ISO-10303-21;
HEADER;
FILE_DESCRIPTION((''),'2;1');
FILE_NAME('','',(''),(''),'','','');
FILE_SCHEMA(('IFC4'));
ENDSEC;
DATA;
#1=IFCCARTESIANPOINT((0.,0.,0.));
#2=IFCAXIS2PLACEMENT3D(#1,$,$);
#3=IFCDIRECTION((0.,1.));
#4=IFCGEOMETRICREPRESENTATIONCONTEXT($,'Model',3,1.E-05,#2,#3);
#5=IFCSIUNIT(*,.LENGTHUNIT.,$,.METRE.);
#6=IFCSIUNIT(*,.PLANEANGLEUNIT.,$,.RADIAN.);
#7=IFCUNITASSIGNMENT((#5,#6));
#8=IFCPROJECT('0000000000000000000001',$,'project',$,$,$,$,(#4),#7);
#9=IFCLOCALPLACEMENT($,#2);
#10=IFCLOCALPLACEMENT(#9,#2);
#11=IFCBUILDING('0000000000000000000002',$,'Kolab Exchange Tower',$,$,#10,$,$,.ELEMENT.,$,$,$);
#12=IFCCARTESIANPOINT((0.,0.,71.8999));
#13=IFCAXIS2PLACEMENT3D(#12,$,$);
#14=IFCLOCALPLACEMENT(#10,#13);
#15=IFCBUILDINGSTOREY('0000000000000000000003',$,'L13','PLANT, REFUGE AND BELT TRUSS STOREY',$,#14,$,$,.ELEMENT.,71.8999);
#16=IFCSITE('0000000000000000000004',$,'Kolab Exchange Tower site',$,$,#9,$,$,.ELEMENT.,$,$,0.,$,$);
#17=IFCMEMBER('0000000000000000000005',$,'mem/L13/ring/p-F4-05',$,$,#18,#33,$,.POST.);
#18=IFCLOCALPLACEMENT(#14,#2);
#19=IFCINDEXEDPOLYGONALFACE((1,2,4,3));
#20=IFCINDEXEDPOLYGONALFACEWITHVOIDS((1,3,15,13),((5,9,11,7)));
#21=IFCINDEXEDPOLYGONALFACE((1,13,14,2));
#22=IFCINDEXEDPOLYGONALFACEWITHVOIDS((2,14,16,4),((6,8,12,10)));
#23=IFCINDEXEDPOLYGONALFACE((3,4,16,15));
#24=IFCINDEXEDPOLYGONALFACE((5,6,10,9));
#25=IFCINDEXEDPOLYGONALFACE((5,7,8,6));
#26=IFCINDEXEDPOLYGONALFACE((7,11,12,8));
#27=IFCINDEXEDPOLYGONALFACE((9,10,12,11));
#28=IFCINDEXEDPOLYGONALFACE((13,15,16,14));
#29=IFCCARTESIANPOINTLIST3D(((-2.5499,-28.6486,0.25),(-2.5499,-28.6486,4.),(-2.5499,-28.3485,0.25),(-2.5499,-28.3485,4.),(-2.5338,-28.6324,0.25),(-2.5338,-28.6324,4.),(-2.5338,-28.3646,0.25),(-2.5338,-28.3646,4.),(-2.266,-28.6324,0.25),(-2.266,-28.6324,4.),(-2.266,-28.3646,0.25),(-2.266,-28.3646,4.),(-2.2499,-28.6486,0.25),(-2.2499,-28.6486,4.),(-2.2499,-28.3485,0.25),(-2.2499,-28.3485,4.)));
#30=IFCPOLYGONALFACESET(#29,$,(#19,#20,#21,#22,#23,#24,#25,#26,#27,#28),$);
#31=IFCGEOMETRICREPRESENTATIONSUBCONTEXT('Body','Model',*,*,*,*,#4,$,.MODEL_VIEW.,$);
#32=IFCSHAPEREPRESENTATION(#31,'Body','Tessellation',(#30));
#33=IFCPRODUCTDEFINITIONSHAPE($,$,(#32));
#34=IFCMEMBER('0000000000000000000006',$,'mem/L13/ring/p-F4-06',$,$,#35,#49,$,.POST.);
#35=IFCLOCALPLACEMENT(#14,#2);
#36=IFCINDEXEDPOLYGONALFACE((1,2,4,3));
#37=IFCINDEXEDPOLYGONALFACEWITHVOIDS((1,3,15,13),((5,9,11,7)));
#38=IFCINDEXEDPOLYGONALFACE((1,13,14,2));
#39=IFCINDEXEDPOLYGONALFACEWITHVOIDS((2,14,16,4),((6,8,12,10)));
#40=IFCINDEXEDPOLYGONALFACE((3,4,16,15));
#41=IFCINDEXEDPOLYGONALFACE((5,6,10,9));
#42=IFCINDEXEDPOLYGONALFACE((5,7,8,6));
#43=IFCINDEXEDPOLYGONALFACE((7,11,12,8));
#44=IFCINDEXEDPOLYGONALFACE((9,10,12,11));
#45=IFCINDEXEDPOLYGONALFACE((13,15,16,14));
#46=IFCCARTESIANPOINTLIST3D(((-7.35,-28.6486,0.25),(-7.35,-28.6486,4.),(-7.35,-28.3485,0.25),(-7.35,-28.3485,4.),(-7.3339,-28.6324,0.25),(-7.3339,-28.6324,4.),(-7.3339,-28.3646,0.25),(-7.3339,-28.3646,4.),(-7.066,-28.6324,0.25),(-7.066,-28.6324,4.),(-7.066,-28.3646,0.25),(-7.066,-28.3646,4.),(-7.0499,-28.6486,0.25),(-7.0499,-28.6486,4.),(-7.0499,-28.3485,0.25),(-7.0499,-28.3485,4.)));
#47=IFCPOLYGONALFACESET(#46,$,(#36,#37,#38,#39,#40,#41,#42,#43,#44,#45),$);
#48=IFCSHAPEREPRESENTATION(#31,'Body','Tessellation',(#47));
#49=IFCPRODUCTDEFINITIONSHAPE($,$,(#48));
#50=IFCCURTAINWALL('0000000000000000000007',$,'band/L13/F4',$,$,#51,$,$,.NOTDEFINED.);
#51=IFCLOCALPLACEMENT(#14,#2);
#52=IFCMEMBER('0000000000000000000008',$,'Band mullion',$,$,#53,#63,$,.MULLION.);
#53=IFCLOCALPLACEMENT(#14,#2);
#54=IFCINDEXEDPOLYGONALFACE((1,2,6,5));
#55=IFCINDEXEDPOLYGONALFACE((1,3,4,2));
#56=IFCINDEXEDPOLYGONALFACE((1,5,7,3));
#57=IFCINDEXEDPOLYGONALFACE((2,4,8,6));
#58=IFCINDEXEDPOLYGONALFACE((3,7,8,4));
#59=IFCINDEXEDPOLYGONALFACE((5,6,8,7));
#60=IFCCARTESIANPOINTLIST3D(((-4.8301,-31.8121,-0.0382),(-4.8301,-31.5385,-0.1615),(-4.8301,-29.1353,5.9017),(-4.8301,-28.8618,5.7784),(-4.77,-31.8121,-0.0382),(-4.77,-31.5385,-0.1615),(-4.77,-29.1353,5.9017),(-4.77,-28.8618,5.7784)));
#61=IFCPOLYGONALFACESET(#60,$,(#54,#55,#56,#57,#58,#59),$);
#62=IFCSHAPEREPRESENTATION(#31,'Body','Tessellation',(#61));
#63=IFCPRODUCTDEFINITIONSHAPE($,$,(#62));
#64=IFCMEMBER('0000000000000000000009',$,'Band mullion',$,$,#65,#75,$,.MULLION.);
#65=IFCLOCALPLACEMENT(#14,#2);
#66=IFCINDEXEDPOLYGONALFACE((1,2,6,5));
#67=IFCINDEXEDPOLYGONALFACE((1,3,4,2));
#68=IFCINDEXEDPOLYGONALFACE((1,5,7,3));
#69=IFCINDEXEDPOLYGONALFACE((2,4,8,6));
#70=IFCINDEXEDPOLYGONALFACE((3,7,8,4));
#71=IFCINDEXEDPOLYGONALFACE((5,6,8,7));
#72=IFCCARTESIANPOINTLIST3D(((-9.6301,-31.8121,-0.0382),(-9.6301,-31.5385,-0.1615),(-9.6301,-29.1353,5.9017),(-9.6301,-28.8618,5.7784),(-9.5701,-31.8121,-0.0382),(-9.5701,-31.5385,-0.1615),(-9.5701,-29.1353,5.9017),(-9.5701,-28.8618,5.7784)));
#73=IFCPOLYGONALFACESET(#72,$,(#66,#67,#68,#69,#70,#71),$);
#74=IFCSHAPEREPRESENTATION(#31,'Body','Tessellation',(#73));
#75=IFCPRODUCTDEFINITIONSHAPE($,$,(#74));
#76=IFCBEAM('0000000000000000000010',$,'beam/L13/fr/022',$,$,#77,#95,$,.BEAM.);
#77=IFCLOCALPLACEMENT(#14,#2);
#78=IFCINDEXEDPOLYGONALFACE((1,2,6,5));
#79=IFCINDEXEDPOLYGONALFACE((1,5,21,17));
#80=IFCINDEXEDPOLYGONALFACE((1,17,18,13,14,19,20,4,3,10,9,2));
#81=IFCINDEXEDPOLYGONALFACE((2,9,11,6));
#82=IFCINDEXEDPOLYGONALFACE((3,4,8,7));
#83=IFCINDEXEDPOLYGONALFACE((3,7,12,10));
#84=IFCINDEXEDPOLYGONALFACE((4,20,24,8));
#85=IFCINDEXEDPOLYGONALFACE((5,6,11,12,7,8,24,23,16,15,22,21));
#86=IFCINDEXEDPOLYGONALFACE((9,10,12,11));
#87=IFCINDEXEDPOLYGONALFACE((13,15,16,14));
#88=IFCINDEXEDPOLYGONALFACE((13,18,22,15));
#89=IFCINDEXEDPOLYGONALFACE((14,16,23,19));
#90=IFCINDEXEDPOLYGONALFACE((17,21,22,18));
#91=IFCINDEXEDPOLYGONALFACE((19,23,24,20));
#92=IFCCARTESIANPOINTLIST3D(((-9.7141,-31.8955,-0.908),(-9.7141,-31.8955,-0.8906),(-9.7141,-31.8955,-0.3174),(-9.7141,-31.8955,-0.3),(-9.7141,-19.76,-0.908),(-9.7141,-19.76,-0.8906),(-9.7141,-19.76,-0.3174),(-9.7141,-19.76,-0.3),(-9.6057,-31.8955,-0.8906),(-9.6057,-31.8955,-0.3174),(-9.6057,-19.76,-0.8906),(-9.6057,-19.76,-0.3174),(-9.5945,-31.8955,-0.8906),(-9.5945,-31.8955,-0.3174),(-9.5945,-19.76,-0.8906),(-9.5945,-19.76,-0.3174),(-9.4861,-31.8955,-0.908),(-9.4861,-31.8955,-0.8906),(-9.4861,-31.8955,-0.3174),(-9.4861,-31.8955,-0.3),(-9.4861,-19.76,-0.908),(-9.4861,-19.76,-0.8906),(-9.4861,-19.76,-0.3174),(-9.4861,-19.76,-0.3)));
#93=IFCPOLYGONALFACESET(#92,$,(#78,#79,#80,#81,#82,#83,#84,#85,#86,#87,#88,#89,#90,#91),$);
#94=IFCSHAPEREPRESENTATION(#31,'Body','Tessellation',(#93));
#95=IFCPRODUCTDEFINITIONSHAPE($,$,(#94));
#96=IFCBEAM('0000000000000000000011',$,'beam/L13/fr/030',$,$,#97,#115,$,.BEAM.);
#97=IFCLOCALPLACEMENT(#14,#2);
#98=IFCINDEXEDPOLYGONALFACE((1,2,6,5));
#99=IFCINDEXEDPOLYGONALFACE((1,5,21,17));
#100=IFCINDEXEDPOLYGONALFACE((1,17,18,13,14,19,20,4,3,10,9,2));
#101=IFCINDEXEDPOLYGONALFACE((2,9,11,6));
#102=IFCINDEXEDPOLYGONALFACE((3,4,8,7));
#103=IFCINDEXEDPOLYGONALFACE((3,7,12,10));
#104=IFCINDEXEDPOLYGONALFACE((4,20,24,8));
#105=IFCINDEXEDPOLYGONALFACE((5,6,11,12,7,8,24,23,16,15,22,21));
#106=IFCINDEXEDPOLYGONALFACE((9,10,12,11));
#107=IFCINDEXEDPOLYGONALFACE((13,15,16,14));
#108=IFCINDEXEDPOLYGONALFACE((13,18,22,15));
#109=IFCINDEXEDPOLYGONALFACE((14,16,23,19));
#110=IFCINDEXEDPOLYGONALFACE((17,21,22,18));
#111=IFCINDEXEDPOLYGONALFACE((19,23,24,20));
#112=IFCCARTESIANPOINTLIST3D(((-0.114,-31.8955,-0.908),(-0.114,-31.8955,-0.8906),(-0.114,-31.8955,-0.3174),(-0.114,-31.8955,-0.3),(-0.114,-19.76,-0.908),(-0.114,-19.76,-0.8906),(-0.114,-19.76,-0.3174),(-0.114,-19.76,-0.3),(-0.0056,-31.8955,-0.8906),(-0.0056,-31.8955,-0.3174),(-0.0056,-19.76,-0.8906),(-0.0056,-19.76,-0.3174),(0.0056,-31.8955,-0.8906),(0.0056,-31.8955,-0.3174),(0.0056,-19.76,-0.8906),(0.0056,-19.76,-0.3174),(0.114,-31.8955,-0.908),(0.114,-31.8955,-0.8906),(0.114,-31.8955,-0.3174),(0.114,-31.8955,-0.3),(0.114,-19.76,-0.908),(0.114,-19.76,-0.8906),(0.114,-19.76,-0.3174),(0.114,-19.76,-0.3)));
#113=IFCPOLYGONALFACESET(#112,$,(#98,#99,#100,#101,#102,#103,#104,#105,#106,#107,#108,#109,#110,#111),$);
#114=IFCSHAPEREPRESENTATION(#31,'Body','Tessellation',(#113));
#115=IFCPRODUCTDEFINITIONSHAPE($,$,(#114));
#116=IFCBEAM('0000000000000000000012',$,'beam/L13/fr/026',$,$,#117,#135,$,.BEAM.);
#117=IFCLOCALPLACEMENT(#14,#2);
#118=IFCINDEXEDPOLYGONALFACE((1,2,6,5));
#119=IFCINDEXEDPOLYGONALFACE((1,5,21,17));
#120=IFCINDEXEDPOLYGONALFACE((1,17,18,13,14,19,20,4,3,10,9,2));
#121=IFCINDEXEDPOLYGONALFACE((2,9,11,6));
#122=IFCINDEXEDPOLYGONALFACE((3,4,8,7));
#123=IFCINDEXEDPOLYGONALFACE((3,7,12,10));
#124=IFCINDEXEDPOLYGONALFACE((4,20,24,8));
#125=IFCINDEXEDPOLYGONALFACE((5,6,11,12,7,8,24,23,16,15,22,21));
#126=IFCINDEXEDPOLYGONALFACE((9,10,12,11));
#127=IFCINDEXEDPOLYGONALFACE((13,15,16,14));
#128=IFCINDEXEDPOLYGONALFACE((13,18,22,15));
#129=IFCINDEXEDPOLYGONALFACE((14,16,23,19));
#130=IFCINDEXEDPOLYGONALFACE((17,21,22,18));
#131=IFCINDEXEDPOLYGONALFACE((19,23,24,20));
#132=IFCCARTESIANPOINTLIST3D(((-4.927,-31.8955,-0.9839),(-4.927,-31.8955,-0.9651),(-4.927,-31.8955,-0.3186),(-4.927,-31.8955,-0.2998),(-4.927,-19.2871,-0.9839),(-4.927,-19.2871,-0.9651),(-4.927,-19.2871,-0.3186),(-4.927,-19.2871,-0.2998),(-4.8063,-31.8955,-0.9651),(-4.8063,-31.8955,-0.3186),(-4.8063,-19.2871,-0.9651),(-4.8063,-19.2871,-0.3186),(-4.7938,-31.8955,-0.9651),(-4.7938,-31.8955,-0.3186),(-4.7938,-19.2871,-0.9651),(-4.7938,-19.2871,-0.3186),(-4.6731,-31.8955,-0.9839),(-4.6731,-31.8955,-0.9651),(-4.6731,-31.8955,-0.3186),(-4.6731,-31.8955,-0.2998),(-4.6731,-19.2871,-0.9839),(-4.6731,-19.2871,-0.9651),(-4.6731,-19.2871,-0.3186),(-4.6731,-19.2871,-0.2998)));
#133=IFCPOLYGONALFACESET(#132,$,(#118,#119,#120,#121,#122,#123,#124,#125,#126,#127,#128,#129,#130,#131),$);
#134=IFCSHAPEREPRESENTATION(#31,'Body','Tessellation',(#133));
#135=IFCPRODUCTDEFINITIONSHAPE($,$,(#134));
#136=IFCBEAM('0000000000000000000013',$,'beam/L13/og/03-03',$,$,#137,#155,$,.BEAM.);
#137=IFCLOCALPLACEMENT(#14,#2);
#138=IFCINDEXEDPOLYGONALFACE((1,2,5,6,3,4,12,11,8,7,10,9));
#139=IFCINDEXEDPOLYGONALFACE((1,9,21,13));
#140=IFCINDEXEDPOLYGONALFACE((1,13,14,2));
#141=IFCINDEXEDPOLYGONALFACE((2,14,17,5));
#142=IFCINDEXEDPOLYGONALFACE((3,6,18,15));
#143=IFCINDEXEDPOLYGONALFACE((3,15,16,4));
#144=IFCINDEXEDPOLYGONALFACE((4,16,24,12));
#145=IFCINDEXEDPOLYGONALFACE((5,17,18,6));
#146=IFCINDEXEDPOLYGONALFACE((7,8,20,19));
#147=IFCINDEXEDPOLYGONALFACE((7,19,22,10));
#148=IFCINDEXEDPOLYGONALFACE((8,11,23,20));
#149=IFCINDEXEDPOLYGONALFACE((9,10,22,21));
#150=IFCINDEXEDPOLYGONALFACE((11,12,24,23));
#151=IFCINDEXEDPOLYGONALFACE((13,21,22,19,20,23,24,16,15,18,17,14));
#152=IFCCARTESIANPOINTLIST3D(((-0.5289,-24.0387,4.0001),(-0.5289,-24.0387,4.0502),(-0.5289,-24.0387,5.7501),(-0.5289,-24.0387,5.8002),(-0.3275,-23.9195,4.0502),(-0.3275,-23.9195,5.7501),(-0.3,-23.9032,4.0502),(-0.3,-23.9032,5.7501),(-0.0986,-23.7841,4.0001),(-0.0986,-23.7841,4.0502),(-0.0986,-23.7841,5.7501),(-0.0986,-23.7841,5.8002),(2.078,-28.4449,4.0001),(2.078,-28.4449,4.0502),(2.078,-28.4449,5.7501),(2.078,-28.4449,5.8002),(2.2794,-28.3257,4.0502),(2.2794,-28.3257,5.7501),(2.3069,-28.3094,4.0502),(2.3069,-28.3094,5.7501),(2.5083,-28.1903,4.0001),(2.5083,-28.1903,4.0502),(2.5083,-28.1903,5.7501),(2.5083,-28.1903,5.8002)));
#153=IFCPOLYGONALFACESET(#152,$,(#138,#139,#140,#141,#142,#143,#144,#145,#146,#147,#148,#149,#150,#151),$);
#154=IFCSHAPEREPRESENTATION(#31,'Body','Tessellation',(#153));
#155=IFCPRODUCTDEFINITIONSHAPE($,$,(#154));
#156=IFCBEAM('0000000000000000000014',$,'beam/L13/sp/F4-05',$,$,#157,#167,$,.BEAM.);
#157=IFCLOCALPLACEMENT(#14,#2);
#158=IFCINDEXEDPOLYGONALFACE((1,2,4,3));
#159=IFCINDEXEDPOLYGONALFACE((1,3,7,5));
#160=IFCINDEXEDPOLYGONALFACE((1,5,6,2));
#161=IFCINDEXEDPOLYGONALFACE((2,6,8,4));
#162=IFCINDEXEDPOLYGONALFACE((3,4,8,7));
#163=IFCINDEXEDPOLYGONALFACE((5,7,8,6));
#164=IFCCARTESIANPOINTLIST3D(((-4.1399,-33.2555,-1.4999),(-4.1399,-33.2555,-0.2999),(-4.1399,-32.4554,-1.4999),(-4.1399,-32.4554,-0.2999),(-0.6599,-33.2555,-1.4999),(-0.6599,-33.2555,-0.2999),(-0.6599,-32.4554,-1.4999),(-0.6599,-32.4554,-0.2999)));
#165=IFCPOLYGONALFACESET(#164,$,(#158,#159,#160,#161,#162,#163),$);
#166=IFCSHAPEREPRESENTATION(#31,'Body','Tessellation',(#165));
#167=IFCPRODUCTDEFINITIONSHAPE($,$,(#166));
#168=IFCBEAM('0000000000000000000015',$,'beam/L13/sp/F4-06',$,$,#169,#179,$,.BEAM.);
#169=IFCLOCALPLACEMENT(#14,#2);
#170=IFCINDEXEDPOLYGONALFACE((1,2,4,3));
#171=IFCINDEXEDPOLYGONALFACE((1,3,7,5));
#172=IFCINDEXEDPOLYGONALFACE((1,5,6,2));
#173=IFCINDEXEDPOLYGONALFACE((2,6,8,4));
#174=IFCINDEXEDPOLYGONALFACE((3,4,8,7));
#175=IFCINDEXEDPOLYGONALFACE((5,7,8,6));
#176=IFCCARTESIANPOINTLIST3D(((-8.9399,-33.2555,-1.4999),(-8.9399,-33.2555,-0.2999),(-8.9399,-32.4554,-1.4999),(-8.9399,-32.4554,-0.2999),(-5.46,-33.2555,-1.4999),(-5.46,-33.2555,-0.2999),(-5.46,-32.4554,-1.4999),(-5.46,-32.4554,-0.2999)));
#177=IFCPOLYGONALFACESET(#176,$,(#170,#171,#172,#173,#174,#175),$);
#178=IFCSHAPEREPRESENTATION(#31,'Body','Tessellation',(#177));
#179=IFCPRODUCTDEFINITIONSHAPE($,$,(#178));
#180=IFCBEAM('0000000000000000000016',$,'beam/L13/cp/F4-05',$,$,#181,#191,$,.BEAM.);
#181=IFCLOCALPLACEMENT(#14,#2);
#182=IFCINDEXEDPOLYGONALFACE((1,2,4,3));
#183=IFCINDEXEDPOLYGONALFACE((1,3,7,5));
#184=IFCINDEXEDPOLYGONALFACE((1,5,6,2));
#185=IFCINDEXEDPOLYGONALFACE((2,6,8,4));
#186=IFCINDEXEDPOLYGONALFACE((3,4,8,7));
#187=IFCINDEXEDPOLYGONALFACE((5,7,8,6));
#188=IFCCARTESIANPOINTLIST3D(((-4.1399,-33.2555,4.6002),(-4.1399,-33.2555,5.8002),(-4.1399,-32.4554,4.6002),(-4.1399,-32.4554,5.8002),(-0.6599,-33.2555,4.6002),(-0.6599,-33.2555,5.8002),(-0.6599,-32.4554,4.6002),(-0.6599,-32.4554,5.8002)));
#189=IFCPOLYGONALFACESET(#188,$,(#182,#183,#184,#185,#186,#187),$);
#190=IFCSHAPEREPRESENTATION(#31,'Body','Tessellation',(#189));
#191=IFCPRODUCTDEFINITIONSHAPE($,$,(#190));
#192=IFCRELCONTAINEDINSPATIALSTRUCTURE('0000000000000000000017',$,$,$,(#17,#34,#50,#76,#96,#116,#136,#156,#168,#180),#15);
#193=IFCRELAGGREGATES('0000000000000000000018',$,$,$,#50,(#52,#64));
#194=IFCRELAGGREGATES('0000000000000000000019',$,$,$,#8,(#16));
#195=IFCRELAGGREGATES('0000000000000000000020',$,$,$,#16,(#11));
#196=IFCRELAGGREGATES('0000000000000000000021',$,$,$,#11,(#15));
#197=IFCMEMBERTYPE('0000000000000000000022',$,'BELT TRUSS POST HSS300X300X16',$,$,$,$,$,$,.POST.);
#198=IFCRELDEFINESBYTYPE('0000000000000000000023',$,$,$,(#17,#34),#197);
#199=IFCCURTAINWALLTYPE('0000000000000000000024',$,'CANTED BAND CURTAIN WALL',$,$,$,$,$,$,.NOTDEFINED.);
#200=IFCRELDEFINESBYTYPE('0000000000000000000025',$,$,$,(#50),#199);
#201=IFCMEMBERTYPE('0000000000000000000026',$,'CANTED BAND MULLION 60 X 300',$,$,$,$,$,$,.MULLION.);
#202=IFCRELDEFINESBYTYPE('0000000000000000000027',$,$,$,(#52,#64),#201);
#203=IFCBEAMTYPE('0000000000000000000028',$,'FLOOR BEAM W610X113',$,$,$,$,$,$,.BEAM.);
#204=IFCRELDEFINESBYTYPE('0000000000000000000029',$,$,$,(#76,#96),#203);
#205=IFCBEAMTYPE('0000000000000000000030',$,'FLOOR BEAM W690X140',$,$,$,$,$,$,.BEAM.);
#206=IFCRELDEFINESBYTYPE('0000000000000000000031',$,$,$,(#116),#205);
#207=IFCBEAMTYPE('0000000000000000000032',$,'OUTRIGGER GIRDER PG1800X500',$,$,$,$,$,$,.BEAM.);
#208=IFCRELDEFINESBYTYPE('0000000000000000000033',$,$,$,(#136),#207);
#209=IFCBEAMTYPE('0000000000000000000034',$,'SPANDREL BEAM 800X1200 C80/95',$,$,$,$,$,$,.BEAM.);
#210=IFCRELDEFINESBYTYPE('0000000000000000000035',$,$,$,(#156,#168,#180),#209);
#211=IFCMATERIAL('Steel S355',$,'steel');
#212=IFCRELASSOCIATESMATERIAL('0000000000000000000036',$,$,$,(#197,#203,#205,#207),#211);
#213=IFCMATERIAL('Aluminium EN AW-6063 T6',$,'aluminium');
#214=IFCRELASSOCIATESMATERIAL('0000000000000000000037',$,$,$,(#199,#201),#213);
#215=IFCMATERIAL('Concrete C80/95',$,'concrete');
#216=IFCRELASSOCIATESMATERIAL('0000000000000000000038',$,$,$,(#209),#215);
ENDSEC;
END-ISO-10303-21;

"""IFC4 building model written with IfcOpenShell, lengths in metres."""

from ifc_helpers import new_model, si_unit, direction, frame, origin, origin_2d, place, context, subcontext, project, spatial, rectangle, hollow_rectangle, i_section, extrude, material, material_profile, profile_set, type_object, element, aggregate, save


model = new_model("IFC4")

# Units and contexts
model_context = context("Model", 3, precision=1e-05, world=origin(), true_north=direction((0.0, 1.0)))
body_context = subcontext(model_context, "Body", "Model", "MODEL_VIEW")
ifc_project = project(units=[si_unit("LENGTHUNIT", "METRE"), si_unit("PLANEANGLEUNIT", "RADIAN")], contexts=[model_context])

# Site, building, storey
site_placement = place(None, origin())
site = spatial("IfcSite", under=ifc_project, at=site_placement, Name="Kolab Exchange Tower site", CompositionType="ELEMENT", RefElevation=0.0)
building_placement = place(site_placement, origin())
building = spatial("IfcBuilding", under=site, at=building_placement, Name="Kolab Exchange Tower", CompositionType="ELEMENT")
storey_placement = place(building_placement, frame((0.0, 0.0, 71.8999)))
storey = spatial("IfcBuildingStorey", under=building, at=storey_placement, Name="L13", Description="PLANT, REFUGE AND BELT TRUSS STOREY", CompositionType="ELEMENT", Elevation=71.8999)

# Shared definitions
ifc_material_1 = material(Name="Concrete C80/95", Category="concrete")

# Shared definitions
ifc_material_2 = material(Name="Steel S355", Category="steel")

# Members
ifc_material_profile_1 = material_profile(ifc_material_2, hollow_rectangle(XDim=0.3, YDim=0.3, WallThickness=0.0161, at=origin_2d()), Name="HSS300X300X16")
ifc_profile_set_1 = profile_set([ifc_material_profile_1], Name="Steel S355")
member_type_1 = type_object("IfcMemberType", Name="BELT TRUSS POST HSS300X300X16", PredefinedType="POST", material=ifc_profile_set_1)
for number, where, z_axis, x_axis, name in (
    (1, (-2.3999, -28.4985, 0.25), (0.0, 0.0, 1.0), (1.0, 0.0, 0.0), "mem/L13/ring/p-F4-05"),
    (2, (-7.2, -28.4985, 0.25), (0.0, 0.0, 1.0), (1.0, 0.0, 0.0), "mem/L13/ring/p-F4-06"),
):
    element("IfcMember", number, at=place(storey_placement, frame(where, z_axis=z_axis, x_axis=x_axis)), inside=storey, type_object=member_type_1, Name=name, PredefinedType="POST", context=body_context, shape_type="SweptSolid", body=[
        extrude(hollow_rectangle(XDim=0.3, YDim=0.3, WallThickness=0.0161, at=origin_2d()), origin(), (0.0, 0.0, 1.0), 3.75),
    ])

# Curtain wall, members
ifc_material_3 = material(Name="Aluminium EN AW-6063 T6", Category="aluminium")
curtain_wall_type = type_object("IfcCurtainWallType", Name="CANTED BAND CURTAIN WALL", PredefinedType="NOTDEFINED", material=ifc_material_3)
curtain_wall_placement = place(storey_placement, origin())
curtain_wall = element("IfcCurtainWall", 3, at=curtain_wall_placement, inside=storey, type_object=curtain_wall_type, Name="band/L13/F4", PredefinedType="NOTDEFINED")
ifc_material_profile_2 = material_profile(ifc_material_3, rectangle(XDim=0.0601, YDim=0.3, at=origin_2d()), Name="RECT 60X300")
ifc_profile_set_2 = profile_set([ifc_material_profile_2], Name="Aluminium EN AW-6063 T6")
member_type_2 = type_object("IfcMemberType", Name="CANTED BAND MULLION 60 X 300", PredefinedType="MULLION", material=ifc_profile_set_2)
member_1_placement = place(storey_placement, frame((-4.8, -31.6753, -0.0999), z_axis=(0.0, 0.410848, 0.911704), x_axis=(-1.0, 0.0, 0.0)))
member_1 = element("IfcMember", 4, at=member_1_placement, type_object=member_type_2, Name="Band mullion", PredefinedType="MULLION", context=body_context, shape_type="SweptSolid", body=[
    extrude(rectangle(XDim=0.0601, YDim=0.3, at=origin_2d()), origin(), (0.0, 0.0, 1.0), 6.5151),
])
member_2_placement = place(storey_placement, frame((-9.6001, -31.6753, -0.0999), z_axis=(0.0, 0.410848, 0.911704), x_axis=(-1.0, 0.0, 0.0)))
member_2 = element("IfcMember", 5, at=member_2_placement, type_object=member_type_2, Name="Band mullion", PredefinedType="MULLION", context=body_context, shape_type="SweptSolid", body=[
    extrude(rectangle(XDim=0.0601, YDim=0.3, at=origin_2d()), origin(), (0.0, 0.0, 1.0), 6.5151),
])

# Beams
ifc_material_profile_3 = material_profile(ifc_material_2, i_section(OverallWidth=0.228, OverallDepth=0.6079, WebThickness=0.0112, FlangeThickness=0.0173, at=origin_2d()), Name="W610X113")
ifc_profile_set_3 = profile_set([ifc_material_profile_3], Name="Steel S355")
beam_type_1 = type_object("IfcBeamType", Name="FLOOR BEAM W610X113", PredefinedType="BEAM", material=ifc_profile_set_3)
for number, where, z_axis, x_axis, name in (
    (6, (-9.6001, -31.8955, -0.604), (0.0, 1.0, 0.0), (-1.0, 0.0, 0.0), "beam/L13/fr/022"),
    (7, (0.0, -31.8955, -0.604), (0.0, 1.0, 0.0), (-1.0, 0.0, 0.0), "beam/L13/fr/030"),
):
    element("IfcBeam", number, at=place(storey_placement, frame(where, z_axis=z_axis, x_axis=x_axis)), inside=storey, type_object=beam_type_1, Name=name, PredefinedType="BEAM", context=body_context, shape_type="SweptSolid", body=[
        extrude(i_section(OverallWidth=0.228, OverallDepth=0.6079, WebThickness=0.0112, FlangeThickness=0.0173, at=origin_2d()), origin(), (0.0, 0.0, 1.0), 12.1355),
    ])
ifc_material_profile_4 = material_profile(ifc_material_2, i_section(OverallWidth=0.2539, OverallDepth=0.6841, WebThickness=0.0125, FlangeThickness=0.0188, at=origin_2d()), Name="W690X140")
ifc_profile_set_4 = profile_set([ifc_material_profile_4], Name="Steel S355")
beam_type_2 = type_object("IfcBeamType", Name="FLOOR BEAM W690X140", PredefinedType="BEAM", material=ifc_profile_set_4)
beam_1_placement = place(storey_placement, frame((-4.8, -31.8955, -0.6418), z_axis=(0.0, 1.0, 0.0), x_axis=(-1.0, 0.0, 0.0)))
element("IfcBeam", 8, at=beam_1_placement, inside=storey, type_object=beam_type_2, Name="beam/L13/fr/026", PredefinedType="BEAM", context=body_context, shape_type="SweptSolid", body=[
    extrude(i_section(OverallWidth=0.2539, OverallDepth=0.6841, WebThickness=0.0125, FlangeThickness=0.0188, at=origin_2d()), origin(), (0.0, 0.0, 1.0), 12.6084),
])
ifc_material_profile_5 = material_profile(ifc_material_2, i_section(OverallWidth=0.5, OverallDepth=1.8, WebThickness=0.032, FlangeThickness=0.05, at=origin_2d()), Name="PG1800X500")
ifc_profile_set_5 = profile_set([ifc_material_profile_5], Name="Steel S355")
beam_type_3 = type_object("IfcBeamType", Name="OUTRIGGER GIRDER PG1800X500", PredefinedType="BEAM", material=ifc_profile_set_5)
beam_2_placement = place(storey_placement, frame((-0.3137, -23.9114, 4.9001), z_axis=(0.509198, -0.860649, 0.0), x_axis=(0.860649, 0.509198, 0.0)))
element("IfcBeam", 9, at=beam_2_placement, inside=storey, type_object=beam_type_3, Name="beam/L13/og/03-03", PredefinedType="BEAM", context=body_context, shape_type="SweptSolid", body=[
    extrude(i_section(OverallWidth=0.5, OverallDepth=1.8, WebThickness=0.032, FlangeThickness=0.05, at=origin_2d()), origin(), (0.0, 0.0, 1.0), 5.1196),
])
ifc_material_profile_6 = material_profile(ifc_material_1, rectangle(XDim=0.8, YDim=1.2, at=origin_2d()), Name="RC800X1200")
ifc_profile_set_6 = profile_set([ifc_material_profile_6], Name="Concrete C80/95")
beam_type_4 = type_object("IfcBeamType", Name="SPANDREL BEAM 800X1200 C80/95", PredefinedType="BEAM", material=ifc_profile_set_6)
for number, where, z_axis, x_axis, name in (
    (10, (-0.6599, -32.8555, -0.8999), (-1.0, 0.0, 0.0), (0.0, -1.0, 0.0), "beam/L13/sp/F4-05"),
    (11, (-5.46, -32.8555, -0.8999), (-1.0, 0.0, 0.0), (0.0, -1.0, 0.0), "beam/L13/sp/F4-06"),
    (12, (-0.6599, -32.8555, 5.2002), (-1.0, 0.0, 0.0), (0.0, -1.0, 0.0), "beam/L13/cp/F4-05"),
):
    element("IfcBeam", number, at=place(storey_placement, frame(where, z_axis=z_axis, x_axis=x_axis)), inside=storey, type_object=beam_type_4, Name=name, PredefinedType="BEAM", context=body_context, shape_type="SweptSolid", body=[
        extrude(rectangle(XDim=0.8, YDim=1.2, at=origin_2d()), origin(), (0.0, 0.0, 1.0), 3.48),
    ])

aggregate(curtain_wall, [member_1, member_2])

save(model, "model.ifc")
